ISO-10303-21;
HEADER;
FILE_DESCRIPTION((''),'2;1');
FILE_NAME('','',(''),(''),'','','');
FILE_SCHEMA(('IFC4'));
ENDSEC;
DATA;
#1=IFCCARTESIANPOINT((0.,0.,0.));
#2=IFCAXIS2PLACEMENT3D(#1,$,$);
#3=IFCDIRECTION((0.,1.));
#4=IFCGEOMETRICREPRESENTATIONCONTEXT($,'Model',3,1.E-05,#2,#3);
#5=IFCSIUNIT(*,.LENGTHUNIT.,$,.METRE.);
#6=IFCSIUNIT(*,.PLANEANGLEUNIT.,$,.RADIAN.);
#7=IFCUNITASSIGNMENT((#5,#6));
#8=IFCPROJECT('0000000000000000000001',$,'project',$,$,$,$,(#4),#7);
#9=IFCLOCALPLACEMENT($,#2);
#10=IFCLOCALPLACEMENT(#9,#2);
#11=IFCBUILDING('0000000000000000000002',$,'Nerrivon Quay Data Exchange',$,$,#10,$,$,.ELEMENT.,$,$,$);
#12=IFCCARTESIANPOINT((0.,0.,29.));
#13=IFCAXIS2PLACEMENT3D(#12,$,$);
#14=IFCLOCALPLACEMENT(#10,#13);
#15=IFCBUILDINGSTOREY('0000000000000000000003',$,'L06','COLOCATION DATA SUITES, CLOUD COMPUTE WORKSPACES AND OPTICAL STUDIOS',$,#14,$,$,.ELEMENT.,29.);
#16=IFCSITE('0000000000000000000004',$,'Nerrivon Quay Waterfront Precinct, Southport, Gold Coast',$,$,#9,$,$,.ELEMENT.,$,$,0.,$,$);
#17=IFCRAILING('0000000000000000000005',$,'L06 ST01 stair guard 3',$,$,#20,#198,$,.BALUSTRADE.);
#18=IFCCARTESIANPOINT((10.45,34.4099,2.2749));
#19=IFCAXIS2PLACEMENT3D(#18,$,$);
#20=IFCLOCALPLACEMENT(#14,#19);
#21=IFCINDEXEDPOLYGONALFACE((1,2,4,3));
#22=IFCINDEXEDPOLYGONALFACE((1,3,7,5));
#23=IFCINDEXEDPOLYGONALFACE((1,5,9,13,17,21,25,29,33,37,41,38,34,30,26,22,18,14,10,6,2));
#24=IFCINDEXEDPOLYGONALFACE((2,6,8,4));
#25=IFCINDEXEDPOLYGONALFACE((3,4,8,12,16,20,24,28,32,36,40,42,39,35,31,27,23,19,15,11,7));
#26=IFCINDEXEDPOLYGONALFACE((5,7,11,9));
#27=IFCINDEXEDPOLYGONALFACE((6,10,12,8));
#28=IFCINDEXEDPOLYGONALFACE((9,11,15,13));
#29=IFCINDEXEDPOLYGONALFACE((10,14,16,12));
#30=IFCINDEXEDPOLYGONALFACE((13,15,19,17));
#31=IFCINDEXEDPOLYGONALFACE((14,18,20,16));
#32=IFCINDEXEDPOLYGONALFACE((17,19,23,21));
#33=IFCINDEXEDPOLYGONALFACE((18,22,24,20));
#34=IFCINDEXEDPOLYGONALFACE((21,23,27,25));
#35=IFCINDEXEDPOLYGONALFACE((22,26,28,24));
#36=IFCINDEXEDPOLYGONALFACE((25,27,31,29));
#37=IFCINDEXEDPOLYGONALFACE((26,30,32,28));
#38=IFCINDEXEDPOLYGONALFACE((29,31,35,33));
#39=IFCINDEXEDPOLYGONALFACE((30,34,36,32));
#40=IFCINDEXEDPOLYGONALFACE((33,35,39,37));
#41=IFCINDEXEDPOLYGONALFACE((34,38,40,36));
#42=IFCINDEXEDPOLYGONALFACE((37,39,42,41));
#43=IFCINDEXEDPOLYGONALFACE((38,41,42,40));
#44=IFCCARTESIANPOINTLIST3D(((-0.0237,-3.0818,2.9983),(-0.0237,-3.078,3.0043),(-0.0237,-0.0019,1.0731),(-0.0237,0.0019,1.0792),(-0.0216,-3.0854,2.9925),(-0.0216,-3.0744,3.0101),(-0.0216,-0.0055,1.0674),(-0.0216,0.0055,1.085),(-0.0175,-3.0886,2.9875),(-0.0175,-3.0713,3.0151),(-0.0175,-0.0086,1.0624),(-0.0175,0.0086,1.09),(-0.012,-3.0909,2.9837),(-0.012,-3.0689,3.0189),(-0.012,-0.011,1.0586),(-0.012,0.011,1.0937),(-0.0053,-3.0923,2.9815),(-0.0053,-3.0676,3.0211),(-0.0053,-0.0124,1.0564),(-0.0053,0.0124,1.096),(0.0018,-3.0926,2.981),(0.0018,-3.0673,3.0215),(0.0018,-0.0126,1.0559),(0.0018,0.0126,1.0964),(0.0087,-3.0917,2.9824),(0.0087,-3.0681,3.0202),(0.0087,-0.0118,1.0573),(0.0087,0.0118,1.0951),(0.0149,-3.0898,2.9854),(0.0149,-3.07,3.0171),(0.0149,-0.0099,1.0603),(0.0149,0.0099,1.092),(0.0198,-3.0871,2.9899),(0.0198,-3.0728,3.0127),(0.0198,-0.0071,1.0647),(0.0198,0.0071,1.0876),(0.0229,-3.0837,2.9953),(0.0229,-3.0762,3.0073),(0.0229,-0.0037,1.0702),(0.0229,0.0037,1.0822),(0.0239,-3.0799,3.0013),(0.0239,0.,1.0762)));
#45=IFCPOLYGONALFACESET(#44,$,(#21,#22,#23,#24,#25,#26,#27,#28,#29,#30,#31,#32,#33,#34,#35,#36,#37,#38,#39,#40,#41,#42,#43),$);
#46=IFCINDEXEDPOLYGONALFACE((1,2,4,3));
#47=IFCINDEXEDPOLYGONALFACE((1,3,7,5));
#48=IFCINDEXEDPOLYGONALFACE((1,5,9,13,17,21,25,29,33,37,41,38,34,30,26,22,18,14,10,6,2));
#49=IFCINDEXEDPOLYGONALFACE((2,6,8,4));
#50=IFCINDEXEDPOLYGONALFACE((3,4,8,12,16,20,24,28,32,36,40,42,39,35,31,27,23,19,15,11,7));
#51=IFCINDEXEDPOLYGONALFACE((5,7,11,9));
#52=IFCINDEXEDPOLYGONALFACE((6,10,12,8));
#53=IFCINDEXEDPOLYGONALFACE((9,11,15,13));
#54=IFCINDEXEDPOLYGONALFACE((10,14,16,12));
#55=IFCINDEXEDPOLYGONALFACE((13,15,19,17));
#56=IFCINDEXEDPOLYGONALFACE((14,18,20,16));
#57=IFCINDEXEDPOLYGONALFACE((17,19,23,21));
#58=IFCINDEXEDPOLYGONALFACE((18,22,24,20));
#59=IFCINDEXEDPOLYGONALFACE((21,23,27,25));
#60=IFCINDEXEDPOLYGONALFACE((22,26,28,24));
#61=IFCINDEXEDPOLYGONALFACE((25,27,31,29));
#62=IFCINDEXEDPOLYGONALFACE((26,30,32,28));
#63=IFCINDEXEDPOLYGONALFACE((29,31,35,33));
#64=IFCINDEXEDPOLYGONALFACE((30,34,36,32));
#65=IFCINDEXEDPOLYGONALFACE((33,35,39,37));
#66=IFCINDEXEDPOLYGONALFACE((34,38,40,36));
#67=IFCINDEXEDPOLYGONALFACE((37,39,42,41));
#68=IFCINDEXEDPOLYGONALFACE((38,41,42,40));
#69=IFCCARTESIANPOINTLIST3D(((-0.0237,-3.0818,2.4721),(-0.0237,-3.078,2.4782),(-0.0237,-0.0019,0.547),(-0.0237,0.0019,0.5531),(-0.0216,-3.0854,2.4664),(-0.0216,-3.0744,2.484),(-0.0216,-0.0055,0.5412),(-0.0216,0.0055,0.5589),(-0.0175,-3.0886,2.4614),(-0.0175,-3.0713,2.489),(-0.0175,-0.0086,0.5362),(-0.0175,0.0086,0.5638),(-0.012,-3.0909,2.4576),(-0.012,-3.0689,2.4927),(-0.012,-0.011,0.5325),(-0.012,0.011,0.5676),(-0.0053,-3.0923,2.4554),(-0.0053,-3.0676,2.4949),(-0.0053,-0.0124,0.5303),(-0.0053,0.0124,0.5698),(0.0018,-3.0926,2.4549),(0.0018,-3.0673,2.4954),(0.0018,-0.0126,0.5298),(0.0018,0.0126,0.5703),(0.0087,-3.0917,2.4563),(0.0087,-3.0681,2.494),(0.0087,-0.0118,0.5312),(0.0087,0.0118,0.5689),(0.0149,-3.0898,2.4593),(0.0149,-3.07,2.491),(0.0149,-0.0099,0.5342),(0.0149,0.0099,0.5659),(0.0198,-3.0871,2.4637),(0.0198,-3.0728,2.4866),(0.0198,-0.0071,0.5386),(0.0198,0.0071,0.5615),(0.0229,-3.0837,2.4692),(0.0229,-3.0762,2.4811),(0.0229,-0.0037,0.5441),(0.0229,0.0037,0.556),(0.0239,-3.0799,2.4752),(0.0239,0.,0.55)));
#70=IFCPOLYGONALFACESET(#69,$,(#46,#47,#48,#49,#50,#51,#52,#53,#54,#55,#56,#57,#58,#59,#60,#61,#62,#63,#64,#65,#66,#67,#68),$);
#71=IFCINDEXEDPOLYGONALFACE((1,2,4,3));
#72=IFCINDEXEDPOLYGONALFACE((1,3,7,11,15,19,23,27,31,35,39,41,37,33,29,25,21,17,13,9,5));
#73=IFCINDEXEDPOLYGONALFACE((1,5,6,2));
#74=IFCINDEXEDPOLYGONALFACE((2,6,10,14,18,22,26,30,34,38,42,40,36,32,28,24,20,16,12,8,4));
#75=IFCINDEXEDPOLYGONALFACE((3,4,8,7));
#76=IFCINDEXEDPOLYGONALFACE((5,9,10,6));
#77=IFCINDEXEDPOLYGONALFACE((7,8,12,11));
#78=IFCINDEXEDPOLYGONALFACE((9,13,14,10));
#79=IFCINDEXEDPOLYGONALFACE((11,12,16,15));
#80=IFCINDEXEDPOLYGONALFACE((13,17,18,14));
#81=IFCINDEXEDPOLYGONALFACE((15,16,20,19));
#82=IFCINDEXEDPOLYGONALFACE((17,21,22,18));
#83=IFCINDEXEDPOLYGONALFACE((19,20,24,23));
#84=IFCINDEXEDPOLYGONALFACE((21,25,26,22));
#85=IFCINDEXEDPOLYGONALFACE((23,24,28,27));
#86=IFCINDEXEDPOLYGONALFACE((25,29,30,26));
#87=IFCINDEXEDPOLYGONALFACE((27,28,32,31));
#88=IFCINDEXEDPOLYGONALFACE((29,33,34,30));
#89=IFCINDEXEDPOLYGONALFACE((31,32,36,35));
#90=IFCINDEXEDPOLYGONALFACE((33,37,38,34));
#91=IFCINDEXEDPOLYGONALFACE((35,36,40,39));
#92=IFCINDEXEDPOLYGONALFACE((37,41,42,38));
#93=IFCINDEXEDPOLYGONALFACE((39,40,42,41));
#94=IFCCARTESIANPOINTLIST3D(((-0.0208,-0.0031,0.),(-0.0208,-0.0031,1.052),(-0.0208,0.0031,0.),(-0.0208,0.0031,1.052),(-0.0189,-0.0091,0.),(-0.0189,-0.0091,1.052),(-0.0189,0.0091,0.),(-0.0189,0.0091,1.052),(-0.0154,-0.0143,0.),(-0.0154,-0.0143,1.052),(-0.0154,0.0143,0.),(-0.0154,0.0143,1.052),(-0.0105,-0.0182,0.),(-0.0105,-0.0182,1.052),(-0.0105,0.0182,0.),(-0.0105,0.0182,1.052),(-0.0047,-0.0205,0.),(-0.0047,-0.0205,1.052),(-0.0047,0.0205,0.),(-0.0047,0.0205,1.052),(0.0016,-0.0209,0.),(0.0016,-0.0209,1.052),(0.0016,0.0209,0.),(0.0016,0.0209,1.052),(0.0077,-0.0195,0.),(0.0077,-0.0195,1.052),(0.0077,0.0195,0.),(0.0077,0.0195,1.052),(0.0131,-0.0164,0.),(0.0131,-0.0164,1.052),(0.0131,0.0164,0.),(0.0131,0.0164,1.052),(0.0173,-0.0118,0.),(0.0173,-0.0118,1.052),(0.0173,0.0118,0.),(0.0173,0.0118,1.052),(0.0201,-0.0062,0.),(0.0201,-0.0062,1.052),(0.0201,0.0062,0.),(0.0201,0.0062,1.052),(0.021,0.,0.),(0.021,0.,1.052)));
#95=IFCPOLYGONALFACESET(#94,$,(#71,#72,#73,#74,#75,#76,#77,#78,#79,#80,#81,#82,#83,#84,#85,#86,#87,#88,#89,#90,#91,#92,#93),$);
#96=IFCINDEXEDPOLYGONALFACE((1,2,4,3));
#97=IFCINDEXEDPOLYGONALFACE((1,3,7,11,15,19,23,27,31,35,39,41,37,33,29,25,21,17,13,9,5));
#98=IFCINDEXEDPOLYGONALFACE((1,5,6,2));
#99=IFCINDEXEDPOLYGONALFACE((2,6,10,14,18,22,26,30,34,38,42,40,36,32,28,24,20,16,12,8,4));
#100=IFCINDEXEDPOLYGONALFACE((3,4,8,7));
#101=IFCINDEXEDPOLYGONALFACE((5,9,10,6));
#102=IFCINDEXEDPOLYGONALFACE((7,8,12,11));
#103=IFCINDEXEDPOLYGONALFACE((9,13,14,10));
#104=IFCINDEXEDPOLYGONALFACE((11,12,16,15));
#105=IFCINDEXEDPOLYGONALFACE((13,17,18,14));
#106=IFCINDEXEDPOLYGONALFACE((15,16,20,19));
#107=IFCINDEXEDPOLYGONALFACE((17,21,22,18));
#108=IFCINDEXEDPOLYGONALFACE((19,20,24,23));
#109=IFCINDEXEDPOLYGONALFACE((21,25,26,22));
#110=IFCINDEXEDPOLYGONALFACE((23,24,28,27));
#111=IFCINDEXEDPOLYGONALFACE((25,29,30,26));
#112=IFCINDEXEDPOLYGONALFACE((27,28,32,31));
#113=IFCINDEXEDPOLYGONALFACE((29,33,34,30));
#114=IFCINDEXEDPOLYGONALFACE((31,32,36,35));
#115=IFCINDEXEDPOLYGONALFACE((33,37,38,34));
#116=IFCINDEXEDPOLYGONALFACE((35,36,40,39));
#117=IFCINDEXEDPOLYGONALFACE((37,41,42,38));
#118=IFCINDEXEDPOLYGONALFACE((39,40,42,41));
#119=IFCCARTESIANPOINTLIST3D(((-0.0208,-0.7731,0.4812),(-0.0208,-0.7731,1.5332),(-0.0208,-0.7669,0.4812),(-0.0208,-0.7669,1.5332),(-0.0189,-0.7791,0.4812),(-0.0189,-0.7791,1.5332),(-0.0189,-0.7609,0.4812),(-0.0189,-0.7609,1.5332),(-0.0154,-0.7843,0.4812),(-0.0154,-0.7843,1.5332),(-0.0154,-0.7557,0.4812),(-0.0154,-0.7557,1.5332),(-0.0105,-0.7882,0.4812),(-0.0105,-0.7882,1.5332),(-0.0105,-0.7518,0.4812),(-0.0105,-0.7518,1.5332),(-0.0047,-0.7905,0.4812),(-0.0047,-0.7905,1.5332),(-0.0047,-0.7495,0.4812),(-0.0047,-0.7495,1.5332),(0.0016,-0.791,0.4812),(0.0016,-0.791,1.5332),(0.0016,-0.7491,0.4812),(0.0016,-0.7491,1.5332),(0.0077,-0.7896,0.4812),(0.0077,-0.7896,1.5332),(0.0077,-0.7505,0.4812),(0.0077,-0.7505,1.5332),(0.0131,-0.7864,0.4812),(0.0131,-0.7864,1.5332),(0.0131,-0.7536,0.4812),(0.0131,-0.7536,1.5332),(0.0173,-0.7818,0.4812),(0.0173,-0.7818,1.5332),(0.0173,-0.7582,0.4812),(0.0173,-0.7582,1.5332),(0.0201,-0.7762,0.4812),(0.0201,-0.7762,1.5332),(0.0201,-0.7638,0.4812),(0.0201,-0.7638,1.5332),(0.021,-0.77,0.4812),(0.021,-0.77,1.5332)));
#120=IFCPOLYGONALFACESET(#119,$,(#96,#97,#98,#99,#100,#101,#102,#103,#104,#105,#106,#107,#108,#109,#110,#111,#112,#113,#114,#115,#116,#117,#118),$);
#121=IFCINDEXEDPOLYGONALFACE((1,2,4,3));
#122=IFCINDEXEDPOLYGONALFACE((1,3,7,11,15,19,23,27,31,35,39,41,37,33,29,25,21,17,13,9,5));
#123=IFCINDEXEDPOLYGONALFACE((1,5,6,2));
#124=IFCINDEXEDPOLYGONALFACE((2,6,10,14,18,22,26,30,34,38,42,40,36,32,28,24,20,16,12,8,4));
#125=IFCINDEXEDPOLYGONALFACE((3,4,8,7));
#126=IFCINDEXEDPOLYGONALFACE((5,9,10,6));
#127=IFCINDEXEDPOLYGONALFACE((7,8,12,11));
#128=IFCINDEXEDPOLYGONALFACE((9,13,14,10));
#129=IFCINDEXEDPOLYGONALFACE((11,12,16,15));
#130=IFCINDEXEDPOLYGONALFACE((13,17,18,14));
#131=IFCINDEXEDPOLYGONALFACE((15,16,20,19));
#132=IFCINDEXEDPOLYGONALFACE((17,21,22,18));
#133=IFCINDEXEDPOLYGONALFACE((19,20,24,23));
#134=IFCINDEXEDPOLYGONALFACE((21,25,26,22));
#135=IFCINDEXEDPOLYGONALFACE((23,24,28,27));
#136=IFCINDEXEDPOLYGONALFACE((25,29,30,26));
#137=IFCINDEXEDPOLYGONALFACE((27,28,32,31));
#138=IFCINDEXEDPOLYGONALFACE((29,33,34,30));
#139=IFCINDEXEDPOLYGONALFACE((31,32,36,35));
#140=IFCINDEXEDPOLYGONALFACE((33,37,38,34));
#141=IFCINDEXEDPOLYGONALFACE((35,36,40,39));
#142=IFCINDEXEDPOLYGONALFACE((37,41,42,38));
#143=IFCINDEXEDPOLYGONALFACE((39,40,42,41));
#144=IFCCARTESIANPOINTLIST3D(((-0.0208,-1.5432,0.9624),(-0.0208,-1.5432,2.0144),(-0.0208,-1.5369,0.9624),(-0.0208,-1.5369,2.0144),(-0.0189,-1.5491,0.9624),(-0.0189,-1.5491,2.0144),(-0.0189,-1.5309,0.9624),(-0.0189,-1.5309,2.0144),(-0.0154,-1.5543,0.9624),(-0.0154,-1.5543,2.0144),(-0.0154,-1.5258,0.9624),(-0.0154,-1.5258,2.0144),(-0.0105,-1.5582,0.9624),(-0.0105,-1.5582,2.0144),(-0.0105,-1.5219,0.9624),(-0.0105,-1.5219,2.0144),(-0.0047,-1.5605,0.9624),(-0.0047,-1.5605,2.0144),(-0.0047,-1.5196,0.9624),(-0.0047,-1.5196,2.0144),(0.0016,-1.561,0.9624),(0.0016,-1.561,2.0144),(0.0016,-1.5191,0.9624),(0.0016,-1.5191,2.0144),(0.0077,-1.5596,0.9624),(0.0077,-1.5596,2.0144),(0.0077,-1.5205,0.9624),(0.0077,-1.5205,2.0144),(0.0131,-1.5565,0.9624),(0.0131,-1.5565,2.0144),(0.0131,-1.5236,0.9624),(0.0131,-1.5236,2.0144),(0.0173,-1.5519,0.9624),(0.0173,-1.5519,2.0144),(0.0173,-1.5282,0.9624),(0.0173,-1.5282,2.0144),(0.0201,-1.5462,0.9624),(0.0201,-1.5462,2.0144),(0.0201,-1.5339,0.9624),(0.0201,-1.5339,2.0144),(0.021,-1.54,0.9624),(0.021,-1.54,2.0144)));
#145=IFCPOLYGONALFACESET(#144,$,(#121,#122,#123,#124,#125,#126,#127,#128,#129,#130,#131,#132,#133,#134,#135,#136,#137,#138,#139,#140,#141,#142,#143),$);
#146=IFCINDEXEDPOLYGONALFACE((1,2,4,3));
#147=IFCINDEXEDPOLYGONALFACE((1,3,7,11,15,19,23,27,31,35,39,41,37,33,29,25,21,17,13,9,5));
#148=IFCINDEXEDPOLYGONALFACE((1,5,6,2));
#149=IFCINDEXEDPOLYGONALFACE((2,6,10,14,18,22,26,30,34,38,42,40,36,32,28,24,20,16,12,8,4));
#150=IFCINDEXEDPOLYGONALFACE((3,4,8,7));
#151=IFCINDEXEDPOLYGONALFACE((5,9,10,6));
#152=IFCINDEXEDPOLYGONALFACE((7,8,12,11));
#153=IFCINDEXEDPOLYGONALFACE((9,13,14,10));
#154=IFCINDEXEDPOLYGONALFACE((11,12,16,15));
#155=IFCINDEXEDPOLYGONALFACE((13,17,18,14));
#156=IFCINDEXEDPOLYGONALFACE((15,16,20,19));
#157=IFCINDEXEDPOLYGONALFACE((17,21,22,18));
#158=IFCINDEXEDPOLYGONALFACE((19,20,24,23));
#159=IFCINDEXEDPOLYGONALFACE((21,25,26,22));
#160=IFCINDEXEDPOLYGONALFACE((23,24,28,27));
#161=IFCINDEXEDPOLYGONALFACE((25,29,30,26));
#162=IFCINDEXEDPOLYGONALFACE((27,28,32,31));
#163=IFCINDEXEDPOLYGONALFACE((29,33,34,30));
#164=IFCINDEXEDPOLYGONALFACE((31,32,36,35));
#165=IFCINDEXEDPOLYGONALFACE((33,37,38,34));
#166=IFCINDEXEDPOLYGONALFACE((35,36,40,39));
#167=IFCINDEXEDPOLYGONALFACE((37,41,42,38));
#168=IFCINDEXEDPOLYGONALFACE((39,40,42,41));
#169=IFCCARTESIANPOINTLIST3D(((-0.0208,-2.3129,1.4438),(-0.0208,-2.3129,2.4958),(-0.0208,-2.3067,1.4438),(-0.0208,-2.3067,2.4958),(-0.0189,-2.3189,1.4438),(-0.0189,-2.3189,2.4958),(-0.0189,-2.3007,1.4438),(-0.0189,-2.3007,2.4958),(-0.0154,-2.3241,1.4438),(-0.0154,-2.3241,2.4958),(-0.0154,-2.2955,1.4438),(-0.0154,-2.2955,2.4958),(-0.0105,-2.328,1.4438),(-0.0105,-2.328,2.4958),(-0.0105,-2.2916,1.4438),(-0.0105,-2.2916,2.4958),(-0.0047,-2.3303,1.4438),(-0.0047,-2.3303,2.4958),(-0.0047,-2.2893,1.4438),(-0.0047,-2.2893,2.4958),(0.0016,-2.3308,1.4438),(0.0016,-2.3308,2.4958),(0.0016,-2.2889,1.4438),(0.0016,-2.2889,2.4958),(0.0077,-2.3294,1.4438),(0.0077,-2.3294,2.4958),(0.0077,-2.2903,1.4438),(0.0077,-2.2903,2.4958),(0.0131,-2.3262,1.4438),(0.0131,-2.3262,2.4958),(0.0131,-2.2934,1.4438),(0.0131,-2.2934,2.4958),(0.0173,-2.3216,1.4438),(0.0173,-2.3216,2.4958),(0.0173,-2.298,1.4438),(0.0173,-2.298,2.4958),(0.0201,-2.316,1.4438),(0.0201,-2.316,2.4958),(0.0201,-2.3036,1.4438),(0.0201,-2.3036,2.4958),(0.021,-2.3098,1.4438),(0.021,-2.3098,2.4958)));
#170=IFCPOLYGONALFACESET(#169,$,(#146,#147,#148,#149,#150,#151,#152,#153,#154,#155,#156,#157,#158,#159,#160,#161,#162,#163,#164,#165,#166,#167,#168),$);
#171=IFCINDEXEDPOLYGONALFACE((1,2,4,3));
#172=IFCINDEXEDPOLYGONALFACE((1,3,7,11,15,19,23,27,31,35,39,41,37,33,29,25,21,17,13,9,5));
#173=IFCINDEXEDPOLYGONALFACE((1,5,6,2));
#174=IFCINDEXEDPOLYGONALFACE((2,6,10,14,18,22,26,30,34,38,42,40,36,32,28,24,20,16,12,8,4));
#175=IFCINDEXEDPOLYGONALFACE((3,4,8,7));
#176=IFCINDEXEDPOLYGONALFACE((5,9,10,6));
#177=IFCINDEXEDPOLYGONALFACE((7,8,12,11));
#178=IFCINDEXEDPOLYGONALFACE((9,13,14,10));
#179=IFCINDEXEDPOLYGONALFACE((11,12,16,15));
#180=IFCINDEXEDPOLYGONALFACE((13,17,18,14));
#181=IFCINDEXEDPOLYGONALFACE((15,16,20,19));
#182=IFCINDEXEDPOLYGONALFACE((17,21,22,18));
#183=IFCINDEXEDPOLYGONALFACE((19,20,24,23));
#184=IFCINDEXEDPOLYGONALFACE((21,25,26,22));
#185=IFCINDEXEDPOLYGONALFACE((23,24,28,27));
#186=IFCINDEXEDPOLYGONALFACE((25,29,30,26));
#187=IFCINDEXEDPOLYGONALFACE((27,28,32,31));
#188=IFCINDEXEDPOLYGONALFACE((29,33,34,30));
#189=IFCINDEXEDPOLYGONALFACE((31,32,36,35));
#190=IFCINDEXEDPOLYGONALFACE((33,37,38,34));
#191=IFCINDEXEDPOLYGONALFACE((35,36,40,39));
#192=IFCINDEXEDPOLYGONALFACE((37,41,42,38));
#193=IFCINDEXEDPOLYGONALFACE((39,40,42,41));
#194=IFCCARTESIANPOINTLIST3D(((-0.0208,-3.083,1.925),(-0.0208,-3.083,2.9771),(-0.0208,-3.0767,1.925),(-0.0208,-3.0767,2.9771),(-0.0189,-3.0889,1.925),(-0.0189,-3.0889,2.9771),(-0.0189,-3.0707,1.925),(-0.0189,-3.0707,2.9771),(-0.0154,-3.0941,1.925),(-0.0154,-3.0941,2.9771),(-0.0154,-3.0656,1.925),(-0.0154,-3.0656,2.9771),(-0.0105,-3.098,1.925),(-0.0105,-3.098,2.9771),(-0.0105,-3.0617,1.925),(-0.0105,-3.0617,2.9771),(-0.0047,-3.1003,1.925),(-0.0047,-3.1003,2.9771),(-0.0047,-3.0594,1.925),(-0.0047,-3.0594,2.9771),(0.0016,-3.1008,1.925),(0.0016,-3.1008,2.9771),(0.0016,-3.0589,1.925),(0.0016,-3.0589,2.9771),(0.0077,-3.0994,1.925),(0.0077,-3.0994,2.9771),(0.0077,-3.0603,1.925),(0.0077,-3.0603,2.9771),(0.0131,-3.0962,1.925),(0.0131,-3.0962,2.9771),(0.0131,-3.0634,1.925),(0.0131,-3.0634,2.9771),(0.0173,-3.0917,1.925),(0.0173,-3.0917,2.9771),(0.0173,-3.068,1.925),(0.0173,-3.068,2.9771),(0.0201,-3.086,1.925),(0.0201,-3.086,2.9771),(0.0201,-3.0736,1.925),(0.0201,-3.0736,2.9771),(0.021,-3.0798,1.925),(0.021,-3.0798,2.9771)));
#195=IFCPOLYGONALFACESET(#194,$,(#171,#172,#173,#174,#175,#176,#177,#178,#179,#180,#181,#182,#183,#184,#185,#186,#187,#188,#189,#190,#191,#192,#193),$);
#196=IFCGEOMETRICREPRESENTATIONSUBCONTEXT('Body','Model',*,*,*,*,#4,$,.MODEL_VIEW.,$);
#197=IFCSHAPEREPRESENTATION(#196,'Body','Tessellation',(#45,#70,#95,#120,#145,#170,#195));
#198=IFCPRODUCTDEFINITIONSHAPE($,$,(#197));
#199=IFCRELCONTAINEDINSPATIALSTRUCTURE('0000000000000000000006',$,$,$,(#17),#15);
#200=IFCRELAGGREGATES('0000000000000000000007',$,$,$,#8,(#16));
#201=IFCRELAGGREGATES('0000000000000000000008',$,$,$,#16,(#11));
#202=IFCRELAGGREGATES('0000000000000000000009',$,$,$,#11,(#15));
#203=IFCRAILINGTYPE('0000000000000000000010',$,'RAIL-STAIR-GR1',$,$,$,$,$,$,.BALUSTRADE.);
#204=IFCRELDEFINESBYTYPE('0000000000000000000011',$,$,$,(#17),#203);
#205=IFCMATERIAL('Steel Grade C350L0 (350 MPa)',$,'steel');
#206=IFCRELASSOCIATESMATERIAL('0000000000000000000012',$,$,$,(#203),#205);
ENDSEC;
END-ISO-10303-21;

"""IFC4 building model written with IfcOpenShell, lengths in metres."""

from ifc_helpers import new_model, si_unit, direction, frame, origin, origin_2d, place, context, subcontext, project, spatial, circle, extrude, material, type_object, element, save


model = new_model("IFC4")

# Units and contexts
model_context = context("Model", 3, precision=1e-05, world=origin(), true_north=direction((0.0, 1.0)))
body_context = subcontext(model_context, "Body", "Model", "MODEL_VIEW")
ifc_project = project(units=[si_unit("LENGTHUNIT", "METRE"), si_unit("PLANEANGLEUNIT", "RADIAN")], contexts=[model_context])

# Site, building, storey
site_placement = place(None, origin())
site = spatial("IfcSite", under=ifc_project, at=site_placement, Name="Nerrivon Quay Waterfront Precinct, Southport, Gold Coast", CompositionType="ELEMENT", RefElevation=0.0)
building_placement = place(site_placement, origin())
building = spatial("IfcBuilding", under=site, at=building_placement, Name="Nerrivon Quay Data Exchange", CompositionType="ELEMENT")
storey_placement = place(building_placement, frame((0.0, 0.0, 29.0)))
storey = spatial("IfcBuildingStorey", under=building, at=storey_placement, Name="L06", Description="COLOCATION DATA SUITES, CLOUD COMPUTE WORKSPACES AND OPTICAL STUDIOS", CompositionType="ELEMENT", Elevation=29.0)

# Railing
ifc_material_1 = material(Name="Steel Grade C350L0 (350 MPa)", Category="steel")
railing_type_1 = type_object("IfcRailingType", Name="RAIL-STAIR-GR1", PredefinedType="BALUSTRADE", material=ifc_material_1)
railing_1_placement = place(storey_placement, frame((10.45, 34.4099, 2.2749)))
element("IfcRailing", 1, at=railing_1_placement, inside=storey, type_object=railing_type_1, Name="L06 ST01 stair guard 3", PredefinedType="BALUSTRADE", context=body_context, shape_type="SweptSolid", body=[
    extrude(circle(Radius=0.0239, at=origin_2d()), frame((0.0, 0.0, 1.0762), z_axis=(0.0, -0.847979, 0.530029), x_axis=(1.0, 0.0, 0.0)), (0.0, 0.0, 1.0), 3.6321),
    extrude(circle(Radius=0.0239, at=origin_2d()), frame((0.0, 0.0, 0.55), z_axis=(0.0, -0.847979, 0.530029), x_axis=(1.0, 0.0, 0.0)), (0.0, 0.0, 1.0), 3.6321),
    extrude(circle(Radius=0.021, at=origin_2d()), origin(), (0.0, 0.0, 1.0), 1.052),
    extrude(circle(Radius=0.021, at=origin_2d()), frame((0.0, -0.77, 0.4812)), (0.0, 0.0, 1.0), 1.052),
    extrude(circle(Radius=0.021, at=origin_2d()), frame((0.0, -1.54, 0.9624)), (0.0, 0.0, 1.0), 1.052),
    extrude(circle(Radius=0.021, at=origin_2d()), frame((0.0, -2.3098, 1.4438)), (0.0, 0.0, 1.0), 1.052),
    extrude(circle(Radius=0.021, at=origin_2d()), frame((0.0, -3.0798, 1.925)), (0.0, 0.0, 1.0), 1.052),
])

save(model, "model.ifc")
